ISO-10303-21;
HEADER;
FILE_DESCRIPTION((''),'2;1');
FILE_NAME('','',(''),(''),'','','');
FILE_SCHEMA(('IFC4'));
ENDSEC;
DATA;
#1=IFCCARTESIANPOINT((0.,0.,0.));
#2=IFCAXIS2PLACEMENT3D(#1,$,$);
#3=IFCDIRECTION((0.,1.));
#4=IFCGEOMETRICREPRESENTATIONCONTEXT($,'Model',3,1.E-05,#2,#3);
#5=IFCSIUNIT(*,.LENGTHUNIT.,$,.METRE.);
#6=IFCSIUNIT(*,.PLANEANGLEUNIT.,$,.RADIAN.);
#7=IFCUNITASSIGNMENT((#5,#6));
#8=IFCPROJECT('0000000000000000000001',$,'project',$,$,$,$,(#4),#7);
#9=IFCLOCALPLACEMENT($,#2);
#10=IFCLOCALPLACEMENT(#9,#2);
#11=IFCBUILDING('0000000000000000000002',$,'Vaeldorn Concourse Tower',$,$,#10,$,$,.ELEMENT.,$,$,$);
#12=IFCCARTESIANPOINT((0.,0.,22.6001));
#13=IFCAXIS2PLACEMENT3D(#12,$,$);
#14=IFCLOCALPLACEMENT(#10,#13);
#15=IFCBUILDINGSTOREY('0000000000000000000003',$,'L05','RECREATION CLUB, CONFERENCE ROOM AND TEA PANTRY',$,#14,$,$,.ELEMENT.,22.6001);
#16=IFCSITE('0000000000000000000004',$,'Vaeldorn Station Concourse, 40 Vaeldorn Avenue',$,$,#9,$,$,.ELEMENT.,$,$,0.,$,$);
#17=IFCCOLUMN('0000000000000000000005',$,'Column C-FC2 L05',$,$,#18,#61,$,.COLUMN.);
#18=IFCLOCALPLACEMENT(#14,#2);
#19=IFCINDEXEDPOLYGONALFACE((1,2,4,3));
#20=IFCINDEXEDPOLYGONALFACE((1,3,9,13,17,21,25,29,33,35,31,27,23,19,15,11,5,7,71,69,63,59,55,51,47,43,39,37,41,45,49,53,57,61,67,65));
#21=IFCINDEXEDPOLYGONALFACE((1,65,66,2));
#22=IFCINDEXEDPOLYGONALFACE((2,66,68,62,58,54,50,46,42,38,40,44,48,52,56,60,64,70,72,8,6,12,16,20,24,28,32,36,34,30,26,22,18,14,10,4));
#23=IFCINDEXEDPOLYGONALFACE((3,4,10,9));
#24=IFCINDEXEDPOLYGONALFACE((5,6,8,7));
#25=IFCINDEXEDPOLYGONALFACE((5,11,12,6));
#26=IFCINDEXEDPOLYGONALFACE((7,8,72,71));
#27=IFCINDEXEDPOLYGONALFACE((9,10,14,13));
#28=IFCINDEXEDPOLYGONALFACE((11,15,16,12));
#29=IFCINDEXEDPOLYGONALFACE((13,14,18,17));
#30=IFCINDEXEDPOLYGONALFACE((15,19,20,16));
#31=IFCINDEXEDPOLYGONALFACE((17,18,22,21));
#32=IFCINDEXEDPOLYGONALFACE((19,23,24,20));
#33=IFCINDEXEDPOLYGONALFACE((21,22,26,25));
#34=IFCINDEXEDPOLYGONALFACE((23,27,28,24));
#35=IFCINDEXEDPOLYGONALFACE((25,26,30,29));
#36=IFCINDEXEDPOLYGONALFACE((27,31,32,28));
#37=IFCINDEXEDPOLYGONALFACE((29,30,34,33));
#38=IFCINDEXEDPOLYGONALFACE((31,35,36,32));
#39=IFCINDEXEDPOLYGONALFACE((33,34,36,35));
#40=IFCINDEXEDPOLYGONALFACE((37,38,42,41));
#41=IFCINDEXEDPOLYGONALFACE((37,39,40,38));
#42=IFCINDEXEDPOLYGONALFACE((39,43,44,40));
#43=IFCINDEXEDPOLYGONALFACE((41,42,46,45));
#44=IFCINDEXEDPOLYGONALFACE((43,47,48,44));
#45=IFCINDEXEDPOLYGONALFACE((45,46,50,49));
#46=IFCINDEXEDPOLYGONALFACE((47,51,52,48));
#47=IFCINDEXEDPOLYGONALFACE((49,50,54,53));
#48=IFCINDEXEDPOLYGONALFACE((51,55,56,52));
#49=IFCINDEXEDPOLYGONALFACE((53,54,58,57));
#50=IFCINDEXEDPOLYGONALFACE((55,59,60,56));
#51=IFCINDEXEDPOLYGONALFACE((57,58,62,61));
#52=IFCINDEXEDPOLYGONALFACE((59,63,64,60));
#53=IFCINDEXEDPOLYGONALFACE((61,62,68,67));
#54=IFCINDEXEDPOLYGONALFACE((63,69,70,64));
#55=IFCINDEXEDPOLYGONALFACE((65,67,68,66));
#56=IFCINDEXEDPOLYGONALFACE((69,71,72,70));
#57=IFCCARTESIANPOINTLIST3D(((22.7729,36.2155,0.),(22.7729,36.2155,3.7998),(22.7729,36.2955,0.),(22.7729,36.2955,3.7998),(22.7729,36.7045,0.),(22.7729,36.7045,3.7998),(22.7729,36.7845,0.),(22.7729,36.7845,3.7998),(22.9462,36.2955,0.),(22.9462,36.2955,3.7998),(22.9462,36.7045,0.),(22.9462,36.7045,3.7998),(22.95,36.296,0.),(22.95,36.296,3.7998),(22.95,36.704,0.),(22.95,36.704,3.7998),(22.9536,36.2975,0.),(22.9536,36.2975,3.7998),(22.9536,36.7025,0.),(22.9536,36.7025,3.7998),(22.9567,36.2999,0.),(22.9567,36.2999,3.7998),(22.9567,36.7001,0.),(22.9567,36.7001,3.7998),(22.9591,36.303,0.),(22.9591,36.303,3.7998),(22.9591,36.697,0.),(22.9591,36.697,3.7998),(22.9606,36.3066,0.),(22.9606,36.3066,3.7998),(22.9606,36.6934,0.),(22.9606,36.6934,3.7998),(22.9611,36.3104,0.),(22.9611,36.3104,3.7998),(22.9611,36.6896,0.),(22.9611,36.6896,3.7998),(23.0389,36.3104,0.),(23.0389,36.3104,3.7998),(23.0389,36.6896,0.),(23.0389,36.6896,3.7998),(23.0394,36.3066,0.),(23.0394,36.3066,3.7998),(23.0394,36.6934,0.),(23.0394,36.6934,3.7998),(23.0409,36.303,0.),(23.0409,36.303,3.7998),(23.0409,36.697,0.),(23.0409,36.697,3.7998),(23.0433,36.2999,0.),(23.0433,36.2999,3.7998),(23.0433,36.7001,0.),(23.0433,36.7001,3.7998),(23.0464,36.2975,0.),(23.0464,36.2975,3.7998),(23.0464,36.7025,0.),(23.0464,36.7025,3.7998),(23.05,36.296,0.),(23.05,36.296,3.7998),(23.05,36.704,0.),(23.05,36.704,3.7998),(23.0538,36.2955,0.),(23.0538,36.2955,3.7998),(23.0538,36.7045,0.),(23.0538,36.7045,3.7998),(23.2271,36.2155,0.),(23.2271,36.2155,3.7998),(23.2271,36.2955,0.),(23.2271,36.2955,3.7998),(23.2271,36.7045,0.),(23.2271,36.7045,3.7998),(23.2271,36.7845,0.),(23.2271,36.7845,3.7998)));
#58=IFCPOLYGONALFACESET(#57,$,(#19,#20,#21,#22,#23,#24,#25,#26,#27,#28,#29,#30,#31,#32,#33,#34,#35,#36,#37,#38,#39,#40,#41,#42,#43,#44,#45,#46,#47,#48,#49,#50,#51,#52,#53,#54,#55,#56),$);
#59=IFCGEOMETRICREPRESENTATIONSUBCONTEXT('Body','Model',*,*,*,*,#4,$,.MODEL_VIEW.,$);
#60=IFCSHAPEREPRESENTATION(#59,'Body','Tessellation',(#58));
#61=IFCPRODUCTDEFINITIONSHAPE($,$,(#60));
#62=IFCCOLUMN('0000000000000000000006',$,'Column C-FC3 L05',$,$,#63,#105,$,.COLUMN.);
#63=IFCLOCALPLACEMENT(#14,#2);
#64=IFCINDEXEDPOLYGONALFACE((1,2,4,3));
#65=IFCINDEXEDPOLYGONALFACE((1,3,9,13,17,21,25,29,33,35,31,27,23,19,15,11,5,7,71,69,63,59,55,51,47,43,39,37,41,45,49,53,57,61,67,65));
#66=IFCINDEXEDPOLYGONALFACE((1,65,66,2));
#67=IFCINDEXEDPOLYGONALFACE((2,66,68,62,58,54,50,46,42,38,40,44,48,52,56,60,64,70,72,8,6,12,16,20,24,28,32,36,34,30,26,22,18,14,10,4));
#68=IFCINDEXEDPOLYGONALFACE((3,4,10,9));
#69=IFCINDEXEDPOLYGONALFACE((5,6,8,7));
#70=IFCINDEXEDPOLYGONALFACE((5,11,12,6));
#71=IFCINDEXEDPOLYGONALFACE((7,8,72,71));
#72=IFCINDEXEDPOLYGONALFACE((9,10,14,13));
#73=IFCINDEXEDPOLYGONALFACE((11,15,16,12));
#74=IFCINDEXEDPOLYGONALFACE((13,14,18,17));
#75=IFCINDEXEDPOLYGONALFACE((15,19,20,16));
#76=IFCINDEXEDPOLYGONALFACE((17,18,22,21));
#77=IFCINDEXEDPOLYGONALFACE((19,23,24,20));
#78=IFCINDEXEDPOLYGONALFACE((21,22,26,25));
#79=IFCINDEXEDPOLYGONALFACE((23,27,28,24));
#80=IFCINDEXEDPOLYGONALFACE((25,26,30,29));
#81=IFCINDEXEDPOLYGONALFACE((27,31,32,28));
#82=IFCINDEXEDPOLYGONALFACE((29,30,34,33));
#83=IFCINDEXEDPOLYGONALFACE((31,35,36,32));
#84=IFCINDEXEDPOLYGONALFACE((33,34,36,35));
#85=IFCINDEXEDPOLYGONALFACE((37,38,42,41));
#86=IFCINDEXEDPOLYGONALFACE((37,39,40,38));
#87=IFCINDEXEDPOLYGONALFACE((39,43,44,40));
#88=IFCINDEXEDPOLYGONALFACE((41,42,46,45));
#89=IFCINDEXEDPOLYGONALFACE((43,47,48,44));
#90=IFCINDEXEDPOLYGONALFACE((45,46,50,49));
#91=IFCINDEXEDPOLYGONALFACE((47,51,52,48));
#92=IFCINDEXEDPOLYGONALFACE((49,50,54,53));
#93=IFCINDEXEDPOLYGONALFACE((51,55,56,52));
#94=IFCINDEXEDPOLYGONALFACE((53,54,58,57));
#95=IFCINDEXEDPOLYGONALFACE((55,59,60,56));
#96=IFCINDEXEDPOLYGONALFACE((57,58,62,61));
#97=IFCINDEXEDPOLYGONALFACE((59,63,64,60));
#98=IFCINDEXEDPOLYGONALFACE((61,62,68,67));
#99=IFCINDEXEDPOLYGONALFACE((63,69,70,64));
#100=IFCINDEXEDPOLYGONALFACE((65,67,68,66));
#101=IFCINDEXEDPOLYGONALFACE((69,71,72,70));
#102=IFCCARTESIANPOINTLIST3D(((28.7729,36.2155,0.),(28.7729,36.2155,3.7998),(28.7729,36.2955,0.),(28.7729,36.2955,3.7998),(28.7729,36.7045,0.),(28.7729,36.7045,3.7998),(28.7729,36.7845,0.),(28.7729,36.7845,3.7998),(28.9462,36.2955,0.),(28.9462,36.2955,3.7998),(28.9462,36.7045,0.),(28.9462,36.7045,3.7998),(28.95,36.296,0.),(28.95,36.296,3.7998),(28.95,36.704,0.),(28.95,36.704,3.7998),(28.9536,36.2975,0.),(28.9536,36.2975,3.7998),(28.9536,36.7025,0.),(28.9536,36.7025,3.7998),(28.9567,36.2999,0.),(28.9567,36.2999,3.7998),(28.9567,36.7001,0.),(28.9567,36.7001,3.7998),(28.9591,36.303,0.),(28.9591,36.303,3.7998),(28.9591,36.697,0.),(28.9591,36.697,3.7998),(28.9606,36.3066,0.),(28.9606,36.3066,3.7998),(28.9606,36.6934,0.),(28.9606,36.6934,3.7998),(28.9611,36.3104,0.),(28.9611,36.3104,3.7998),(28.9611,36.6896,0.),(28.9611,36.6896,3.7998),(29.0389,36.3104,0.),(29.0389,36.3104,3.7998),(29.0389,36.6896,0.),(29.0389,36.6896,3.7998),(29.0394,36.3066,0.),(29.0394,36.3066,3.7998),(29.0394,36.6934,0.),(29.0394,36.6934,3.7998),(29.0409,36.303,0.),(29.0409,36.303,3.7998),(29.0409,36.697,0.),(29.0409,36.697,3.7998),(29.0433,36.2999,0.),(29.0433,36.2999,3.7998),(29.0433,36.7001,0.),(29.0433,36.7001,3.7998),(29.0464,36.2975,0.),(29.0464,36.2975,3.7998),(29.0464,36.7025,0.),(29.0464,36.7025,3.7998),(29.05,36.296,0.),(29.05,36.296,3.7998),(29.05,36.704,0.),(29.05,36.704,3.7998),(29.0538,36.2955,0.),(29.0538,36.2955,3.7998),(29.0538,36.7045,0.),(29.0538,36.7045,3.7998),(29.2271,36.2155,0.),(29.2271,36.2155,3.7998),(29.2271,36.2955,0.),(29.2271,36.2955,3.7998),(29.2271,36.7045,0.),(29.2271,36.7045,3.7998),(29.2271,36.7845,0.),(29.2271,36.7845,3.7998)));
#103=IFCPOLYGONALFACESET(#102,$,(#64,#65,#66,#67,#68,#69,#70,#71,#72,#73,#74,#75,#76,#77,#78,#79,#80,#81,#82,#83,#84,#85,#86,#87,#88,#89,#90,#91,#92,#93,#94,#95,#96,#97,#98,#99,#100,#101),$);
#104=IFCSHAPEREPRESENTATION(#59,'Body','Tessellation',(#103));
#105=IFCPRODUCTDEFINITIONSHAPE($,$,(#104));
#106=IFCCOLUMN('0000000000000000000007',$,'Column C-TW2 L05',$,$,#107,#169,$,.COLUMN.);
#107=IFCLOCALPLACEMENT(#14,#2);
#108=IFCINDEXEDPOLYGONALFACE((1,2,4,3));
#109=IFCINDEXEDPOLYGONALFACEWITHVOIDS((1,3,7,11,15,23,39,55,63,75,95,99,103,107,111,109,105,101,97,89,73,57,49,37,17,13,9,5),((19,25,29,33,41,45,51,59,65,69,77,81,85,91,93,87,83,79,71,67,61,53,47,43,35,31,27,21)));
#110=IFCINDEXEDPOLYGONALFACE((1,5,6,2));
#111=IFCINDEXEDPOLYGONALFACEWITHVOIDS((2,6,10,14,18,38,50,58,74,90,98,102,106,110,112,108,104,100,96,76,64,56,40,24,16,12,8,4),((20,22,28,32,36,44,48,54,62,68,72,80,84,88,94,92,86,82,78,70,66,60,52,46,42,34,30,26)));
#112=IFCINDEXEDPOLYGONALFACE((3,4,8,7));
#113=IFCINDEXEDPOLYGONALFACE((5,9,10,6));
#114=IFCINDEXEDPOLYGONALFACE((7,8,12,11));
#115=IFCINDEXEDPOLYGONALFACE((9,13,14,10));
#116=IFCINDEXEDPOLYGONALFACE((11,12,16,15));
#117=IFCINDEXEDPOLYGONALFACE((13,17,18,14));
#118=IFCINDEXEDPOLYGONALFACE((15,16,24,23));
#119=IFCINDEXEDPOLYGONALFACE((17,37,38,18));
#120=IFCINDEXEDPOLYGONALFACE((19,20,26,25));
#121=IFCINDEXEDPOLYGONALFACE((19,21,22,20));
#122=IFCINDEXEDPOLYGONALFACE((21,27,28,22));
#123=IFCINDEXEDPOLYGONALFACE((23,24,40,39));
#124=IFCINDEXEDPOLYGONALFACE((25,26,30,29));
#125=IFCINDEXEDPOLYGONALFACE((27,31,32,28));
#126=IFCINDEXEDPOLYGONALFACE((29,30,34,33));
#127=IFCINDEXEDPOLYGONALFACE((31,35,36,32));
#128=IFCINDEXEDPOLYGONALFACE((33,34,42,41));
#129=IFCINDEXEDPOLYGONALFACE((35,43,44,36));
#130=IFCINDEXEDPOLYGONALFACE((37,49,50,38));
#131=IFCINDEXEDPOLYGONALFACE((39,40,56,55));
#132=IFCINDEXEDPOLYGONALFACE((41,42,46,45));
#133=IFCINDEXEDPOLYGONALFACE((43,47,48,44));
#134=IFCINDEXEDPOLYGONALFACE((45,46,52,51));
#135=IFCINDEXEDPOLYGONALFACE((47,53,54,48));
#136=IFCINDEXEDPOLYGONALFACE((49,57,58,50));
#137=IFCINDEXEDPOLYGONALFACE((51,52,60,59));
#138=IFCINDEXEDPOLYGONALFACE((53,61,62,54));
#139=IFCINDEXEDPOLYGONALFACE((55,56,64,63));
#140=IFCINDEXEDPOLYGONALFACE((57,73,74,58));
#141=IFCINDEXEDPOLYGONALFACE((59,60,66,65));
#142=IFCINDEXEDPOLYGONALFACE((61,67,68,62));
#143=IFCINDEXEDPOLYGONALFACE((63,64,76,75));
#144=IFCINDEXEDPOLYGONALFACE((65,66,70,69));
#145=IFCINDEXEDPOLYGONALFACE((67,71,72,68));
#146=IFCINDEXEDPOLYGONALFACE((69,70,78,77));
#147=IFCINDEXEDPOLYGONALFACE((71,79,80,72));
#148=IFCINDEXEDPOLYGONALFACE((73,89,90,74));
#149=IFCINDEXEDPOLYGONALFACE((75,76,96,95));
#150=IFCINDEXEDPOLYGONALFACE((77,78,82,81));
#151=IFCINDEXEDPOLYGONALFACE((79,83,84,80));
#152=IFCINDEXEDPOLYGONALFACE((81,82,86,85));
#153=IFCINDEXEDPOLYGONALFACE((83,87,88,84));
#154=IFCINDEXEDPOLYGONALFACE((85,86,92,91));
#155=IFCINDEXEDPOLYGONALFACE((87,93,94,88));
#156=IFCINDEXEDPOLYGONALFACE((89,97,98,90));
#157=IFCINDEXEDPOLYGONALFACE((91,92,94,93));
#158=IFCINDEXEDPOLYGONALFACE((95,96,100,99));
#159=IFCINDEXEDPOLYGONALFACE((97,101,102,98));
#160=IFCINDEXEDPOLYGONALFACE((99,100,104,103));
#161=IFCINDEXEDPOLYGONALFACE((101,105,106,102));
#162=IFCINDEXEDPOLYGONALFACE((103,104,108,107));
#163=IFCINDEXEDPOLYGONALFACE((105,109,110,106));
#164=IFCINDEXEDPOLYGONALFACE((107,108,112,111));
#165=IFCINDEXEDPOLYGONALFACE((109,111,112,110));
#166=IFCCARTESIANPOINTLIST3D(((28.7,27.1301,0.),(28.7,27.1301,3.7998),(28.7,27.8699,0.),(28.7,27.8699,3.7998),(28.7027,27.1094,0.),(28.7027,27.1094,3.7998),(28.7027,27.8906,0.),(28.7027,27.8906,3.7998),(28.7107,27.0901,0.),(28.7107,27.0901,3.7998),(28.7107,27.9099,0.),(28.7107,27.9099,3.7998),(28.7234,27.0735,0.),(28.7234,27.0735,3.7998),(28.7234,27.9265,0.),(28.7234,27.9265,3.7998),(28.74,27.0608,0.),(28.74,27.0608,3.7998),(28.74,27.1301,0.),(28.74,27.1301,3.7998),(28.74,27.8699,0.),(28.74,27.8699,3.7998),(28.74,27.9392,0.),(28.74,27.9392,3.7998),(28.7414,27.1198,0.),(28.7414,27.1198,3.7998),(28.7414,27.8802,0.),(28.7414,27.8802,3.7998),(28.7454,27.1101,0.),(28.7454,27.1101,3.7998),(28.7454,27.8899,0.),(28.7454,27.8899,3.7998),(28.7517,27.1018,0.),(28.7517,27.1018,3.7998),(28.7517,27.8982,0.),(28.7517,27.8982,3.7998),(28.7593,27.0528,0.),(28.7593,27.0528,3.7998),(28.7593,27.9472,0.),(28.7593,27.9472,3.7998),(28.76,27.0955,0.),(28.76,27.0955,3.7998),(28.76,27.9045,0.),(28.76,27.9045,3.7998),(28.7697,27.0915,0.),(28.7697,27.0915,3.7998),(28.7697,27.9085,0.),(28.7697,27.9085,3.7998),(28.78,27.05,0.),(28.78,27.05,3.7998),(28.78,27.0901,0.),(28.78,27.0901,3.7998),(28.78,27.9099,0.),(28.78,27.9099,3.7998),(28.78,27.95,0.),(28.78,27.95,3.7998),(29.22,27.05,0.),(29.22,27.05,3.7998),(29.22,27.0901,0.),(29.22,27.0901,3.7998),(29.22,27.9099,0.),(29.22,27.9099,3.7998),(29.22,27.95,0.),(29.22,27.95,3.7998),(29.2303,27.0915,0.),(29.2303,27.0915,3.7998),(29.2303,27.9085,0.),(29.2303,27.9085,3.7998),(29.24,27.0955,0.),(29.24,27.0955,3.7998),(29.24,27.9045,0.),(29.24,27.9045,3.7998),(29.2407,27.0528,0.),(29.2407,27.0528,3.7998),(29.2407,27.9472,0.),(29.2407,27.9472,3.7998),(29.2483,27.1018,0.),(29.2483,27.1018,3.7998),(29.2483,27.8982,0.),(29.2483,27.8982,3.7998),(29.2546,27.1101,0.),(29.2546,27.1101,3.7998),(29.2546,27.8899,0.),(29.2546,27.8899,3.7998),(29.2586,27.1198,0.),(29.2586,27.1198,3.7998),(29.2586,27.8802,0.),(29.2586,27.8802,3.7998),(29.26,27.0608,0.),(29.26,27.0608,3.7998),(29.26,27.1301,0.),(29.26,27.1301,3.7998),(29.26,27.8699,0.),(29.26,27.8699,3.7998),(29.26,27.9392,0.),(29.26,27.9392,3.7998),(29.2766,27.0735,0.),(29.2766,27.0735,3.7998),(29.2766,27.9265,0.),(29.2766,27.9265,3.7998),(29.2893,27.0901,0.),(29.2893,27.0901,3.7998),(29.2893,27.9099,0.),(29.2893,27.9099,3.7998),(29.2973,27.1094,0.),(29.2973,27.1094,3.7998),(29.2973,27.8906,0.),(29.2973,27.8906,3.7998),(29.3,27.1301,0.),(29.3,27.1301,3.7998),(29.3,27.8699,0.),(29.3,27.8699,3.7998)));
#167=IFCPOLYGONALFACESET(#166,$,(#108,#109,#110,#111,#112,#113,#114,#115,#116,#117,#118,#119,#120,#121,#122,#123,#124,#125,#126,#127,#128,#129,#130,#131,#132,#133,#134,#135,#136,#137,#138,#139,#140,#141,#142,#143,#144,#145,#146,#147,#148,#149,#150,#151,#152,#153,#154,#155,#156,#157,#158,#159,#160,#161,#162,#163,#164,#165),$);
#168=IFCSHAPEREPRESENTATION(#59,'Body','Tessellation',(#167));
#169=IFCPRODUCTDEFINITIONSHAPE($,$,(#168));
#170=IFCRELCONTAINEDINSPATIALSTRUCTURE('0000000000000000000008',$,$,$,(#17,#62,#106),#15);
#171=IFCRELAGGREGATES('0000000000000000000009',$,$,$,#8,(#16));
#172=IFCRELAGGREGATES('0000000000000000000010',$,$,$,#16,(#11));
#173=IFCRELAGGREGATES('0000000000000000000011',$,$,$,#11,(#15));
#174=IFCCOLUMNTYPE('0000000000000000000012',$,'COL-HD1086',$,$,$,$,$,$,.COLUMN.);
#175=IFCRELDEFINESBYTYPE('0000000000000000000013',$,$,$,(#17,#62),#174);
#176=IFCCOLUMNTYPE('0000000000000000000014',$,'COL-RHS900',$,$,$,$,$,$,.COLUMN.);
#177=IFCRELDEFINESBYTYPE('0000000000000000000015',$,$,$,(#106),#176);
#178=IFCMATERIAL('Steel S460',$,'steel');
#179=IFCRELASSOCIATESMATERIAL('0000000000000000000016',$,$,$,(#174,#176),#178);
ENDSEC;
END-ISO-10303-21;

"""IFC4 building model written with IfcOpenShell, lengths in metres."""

from ifc_helpers import new_model, si_unit, direction, frame, origin, origin_2d, place, context, subcontext, project, spatial, hollow_rectangle, i_section, extrude, source, transform, mapped, material, material_profile, profile_set, type_object, element, save


model = new_model("IFC4")

# Units and contexts
model_context = context("Model", 3, precision=1e-05, world=origin(), true_north=direction((0.0, 1.0)))
body_context = subcontext(model_context, "Body", "Model", "MODEL_VIEW")
ifc_project = project(units=[si_unit("LENGTHUNIT", "METRE"), si_unit("PLANEANGLEUNIT", "RADIAN")], contexts=[model_context])

# Site, building, storey
site_placement = place(None, origin())
site = spatial("IfcSite", under=ifc_project, at=site_placement, Name="Vaeldorn Station Concourse, 40 Vaeldorn Avenue", CompositionType="ELEMENT", RefElevation=0.0)
building_placement = place(site_placement, origin())
building = spatial("IfcBuilding", under=site, at=building_placement, Name="Vaeldorn Concourse Tower", CompositionType="ELEMENT")
storey_placement = place(building_placement, frame((0.0, 0.0, 22.6001)))
storey = spatial("IfcBuildingStorey", under=building, at=storey_placement, Name="L05", Description="RECREATION CLUB, CONFERENCE ROOM AND TEA PANTRY", CompositionType="ELEMENT", Elevation=22.6001)

# Columns
ifc_material_1 = material(Name="Steel S460", Category="steel")
ifc_material_profile_1 = material_profile(ifc_material_1, i_section(OverallWidth=0.4541, OverallDepth=0.5691, WebThickness=0.0779, FlangeThickness=0.0801, FilletRadius=0.0149, at=origin_2d()), Name="HD 400x1086")
ifc_profile_set_1 = profile_set([ifc_material_profile_1], Name="Steel S460")
column_type_1 = type_object("IfcColumnType", Name="COL-HD1086", PredefinedType="COLUMN", material=ifc_profile_set_1)
shared_shape_1 = source(origin(), body_context, "Body", "SweptSolid", [
    extrude(i_section(OverallWidth=0.4541, OverallDepth=0.5691, WebThickness=0.0779, FlangeThickness=0.0801, FilletRadius=0.0149, at=origin_2d()), origin(), (0.0, 0.0, 1.0), 3.7998),
])
for number, where, z_axis, x_axis, name in (
    (1, (23.0, 36.5, 0.0), (0.0, 0.0, 1.0), (1.0, 0.0, 0.0), "Column C-FC2 L05"),
    (2, (29.0, 36.5, 0.0), (0.0, 0.0, 1.0), (1.0, 0.0, 0.0), "Column C-FC3 L05"),
):
    element("IfcColumn", number, at=place(storey_placement, frame(where, z_axis=z_axis, x_axis=x_axis)), inside=storey, type_object=column_type_1, Name=name, PredefinedType="COLUMN", context=body_context, shape_type="MappedRepresentation", body=[
        mapped(shared_shape_1, transform((0.0, 0.0, 0.0), scale=1.0)),
    ])
ifc_material_profile_2 = material_profile(ifc_material_1, hollow_rectangle(XDim=0.6001, YDim=0.8999, WallThickness=0.04, InnerFilletRadius=0.04, OuterFilletRadius=0.0801, at=origin_2d()), Name="RHS 900x600x40")
ifc_profile_set_2 = profile_set([ifc_material_profile_2], Name="Steel S460")
column_type_2 = type_object("IfcColumnType", Name="COL-RHS900", PredefinedType="COLUMN", material=ifc_profile_set_2)
shared_shape_2 = source(origin(), body_context, "Body", "SweptSolid", [
    extrude(hollow_rectangle(XDim=0.6001, YDim=0.8999, WallThickness=0.04, InnerFilletRadius=0.04, OuterFilletRadius=0.0801, at=origin_2d()), origin(), (0.0, 0.0, 1.0), 3.7998),
])
column_placement = place(storey_placement, frame((29.0, 27.5, 0.0), z_axis=(0.0, 0.0, 1.0), x_axis=(1.0, 0.0, 0.0)))
element("IfcColumn", 3, at=column_placement, inside=storey, type_object=column_type_2, Name="Column C-TW2 L05", PredefinedType="COLUMN", context=body_context, shape_type="MappedRepresentation", body=[
    mapped(shared_shape_2, transform((0.0, 0.0, 0.0), scale=1.0)),
])

save(model, "model.ifc")
